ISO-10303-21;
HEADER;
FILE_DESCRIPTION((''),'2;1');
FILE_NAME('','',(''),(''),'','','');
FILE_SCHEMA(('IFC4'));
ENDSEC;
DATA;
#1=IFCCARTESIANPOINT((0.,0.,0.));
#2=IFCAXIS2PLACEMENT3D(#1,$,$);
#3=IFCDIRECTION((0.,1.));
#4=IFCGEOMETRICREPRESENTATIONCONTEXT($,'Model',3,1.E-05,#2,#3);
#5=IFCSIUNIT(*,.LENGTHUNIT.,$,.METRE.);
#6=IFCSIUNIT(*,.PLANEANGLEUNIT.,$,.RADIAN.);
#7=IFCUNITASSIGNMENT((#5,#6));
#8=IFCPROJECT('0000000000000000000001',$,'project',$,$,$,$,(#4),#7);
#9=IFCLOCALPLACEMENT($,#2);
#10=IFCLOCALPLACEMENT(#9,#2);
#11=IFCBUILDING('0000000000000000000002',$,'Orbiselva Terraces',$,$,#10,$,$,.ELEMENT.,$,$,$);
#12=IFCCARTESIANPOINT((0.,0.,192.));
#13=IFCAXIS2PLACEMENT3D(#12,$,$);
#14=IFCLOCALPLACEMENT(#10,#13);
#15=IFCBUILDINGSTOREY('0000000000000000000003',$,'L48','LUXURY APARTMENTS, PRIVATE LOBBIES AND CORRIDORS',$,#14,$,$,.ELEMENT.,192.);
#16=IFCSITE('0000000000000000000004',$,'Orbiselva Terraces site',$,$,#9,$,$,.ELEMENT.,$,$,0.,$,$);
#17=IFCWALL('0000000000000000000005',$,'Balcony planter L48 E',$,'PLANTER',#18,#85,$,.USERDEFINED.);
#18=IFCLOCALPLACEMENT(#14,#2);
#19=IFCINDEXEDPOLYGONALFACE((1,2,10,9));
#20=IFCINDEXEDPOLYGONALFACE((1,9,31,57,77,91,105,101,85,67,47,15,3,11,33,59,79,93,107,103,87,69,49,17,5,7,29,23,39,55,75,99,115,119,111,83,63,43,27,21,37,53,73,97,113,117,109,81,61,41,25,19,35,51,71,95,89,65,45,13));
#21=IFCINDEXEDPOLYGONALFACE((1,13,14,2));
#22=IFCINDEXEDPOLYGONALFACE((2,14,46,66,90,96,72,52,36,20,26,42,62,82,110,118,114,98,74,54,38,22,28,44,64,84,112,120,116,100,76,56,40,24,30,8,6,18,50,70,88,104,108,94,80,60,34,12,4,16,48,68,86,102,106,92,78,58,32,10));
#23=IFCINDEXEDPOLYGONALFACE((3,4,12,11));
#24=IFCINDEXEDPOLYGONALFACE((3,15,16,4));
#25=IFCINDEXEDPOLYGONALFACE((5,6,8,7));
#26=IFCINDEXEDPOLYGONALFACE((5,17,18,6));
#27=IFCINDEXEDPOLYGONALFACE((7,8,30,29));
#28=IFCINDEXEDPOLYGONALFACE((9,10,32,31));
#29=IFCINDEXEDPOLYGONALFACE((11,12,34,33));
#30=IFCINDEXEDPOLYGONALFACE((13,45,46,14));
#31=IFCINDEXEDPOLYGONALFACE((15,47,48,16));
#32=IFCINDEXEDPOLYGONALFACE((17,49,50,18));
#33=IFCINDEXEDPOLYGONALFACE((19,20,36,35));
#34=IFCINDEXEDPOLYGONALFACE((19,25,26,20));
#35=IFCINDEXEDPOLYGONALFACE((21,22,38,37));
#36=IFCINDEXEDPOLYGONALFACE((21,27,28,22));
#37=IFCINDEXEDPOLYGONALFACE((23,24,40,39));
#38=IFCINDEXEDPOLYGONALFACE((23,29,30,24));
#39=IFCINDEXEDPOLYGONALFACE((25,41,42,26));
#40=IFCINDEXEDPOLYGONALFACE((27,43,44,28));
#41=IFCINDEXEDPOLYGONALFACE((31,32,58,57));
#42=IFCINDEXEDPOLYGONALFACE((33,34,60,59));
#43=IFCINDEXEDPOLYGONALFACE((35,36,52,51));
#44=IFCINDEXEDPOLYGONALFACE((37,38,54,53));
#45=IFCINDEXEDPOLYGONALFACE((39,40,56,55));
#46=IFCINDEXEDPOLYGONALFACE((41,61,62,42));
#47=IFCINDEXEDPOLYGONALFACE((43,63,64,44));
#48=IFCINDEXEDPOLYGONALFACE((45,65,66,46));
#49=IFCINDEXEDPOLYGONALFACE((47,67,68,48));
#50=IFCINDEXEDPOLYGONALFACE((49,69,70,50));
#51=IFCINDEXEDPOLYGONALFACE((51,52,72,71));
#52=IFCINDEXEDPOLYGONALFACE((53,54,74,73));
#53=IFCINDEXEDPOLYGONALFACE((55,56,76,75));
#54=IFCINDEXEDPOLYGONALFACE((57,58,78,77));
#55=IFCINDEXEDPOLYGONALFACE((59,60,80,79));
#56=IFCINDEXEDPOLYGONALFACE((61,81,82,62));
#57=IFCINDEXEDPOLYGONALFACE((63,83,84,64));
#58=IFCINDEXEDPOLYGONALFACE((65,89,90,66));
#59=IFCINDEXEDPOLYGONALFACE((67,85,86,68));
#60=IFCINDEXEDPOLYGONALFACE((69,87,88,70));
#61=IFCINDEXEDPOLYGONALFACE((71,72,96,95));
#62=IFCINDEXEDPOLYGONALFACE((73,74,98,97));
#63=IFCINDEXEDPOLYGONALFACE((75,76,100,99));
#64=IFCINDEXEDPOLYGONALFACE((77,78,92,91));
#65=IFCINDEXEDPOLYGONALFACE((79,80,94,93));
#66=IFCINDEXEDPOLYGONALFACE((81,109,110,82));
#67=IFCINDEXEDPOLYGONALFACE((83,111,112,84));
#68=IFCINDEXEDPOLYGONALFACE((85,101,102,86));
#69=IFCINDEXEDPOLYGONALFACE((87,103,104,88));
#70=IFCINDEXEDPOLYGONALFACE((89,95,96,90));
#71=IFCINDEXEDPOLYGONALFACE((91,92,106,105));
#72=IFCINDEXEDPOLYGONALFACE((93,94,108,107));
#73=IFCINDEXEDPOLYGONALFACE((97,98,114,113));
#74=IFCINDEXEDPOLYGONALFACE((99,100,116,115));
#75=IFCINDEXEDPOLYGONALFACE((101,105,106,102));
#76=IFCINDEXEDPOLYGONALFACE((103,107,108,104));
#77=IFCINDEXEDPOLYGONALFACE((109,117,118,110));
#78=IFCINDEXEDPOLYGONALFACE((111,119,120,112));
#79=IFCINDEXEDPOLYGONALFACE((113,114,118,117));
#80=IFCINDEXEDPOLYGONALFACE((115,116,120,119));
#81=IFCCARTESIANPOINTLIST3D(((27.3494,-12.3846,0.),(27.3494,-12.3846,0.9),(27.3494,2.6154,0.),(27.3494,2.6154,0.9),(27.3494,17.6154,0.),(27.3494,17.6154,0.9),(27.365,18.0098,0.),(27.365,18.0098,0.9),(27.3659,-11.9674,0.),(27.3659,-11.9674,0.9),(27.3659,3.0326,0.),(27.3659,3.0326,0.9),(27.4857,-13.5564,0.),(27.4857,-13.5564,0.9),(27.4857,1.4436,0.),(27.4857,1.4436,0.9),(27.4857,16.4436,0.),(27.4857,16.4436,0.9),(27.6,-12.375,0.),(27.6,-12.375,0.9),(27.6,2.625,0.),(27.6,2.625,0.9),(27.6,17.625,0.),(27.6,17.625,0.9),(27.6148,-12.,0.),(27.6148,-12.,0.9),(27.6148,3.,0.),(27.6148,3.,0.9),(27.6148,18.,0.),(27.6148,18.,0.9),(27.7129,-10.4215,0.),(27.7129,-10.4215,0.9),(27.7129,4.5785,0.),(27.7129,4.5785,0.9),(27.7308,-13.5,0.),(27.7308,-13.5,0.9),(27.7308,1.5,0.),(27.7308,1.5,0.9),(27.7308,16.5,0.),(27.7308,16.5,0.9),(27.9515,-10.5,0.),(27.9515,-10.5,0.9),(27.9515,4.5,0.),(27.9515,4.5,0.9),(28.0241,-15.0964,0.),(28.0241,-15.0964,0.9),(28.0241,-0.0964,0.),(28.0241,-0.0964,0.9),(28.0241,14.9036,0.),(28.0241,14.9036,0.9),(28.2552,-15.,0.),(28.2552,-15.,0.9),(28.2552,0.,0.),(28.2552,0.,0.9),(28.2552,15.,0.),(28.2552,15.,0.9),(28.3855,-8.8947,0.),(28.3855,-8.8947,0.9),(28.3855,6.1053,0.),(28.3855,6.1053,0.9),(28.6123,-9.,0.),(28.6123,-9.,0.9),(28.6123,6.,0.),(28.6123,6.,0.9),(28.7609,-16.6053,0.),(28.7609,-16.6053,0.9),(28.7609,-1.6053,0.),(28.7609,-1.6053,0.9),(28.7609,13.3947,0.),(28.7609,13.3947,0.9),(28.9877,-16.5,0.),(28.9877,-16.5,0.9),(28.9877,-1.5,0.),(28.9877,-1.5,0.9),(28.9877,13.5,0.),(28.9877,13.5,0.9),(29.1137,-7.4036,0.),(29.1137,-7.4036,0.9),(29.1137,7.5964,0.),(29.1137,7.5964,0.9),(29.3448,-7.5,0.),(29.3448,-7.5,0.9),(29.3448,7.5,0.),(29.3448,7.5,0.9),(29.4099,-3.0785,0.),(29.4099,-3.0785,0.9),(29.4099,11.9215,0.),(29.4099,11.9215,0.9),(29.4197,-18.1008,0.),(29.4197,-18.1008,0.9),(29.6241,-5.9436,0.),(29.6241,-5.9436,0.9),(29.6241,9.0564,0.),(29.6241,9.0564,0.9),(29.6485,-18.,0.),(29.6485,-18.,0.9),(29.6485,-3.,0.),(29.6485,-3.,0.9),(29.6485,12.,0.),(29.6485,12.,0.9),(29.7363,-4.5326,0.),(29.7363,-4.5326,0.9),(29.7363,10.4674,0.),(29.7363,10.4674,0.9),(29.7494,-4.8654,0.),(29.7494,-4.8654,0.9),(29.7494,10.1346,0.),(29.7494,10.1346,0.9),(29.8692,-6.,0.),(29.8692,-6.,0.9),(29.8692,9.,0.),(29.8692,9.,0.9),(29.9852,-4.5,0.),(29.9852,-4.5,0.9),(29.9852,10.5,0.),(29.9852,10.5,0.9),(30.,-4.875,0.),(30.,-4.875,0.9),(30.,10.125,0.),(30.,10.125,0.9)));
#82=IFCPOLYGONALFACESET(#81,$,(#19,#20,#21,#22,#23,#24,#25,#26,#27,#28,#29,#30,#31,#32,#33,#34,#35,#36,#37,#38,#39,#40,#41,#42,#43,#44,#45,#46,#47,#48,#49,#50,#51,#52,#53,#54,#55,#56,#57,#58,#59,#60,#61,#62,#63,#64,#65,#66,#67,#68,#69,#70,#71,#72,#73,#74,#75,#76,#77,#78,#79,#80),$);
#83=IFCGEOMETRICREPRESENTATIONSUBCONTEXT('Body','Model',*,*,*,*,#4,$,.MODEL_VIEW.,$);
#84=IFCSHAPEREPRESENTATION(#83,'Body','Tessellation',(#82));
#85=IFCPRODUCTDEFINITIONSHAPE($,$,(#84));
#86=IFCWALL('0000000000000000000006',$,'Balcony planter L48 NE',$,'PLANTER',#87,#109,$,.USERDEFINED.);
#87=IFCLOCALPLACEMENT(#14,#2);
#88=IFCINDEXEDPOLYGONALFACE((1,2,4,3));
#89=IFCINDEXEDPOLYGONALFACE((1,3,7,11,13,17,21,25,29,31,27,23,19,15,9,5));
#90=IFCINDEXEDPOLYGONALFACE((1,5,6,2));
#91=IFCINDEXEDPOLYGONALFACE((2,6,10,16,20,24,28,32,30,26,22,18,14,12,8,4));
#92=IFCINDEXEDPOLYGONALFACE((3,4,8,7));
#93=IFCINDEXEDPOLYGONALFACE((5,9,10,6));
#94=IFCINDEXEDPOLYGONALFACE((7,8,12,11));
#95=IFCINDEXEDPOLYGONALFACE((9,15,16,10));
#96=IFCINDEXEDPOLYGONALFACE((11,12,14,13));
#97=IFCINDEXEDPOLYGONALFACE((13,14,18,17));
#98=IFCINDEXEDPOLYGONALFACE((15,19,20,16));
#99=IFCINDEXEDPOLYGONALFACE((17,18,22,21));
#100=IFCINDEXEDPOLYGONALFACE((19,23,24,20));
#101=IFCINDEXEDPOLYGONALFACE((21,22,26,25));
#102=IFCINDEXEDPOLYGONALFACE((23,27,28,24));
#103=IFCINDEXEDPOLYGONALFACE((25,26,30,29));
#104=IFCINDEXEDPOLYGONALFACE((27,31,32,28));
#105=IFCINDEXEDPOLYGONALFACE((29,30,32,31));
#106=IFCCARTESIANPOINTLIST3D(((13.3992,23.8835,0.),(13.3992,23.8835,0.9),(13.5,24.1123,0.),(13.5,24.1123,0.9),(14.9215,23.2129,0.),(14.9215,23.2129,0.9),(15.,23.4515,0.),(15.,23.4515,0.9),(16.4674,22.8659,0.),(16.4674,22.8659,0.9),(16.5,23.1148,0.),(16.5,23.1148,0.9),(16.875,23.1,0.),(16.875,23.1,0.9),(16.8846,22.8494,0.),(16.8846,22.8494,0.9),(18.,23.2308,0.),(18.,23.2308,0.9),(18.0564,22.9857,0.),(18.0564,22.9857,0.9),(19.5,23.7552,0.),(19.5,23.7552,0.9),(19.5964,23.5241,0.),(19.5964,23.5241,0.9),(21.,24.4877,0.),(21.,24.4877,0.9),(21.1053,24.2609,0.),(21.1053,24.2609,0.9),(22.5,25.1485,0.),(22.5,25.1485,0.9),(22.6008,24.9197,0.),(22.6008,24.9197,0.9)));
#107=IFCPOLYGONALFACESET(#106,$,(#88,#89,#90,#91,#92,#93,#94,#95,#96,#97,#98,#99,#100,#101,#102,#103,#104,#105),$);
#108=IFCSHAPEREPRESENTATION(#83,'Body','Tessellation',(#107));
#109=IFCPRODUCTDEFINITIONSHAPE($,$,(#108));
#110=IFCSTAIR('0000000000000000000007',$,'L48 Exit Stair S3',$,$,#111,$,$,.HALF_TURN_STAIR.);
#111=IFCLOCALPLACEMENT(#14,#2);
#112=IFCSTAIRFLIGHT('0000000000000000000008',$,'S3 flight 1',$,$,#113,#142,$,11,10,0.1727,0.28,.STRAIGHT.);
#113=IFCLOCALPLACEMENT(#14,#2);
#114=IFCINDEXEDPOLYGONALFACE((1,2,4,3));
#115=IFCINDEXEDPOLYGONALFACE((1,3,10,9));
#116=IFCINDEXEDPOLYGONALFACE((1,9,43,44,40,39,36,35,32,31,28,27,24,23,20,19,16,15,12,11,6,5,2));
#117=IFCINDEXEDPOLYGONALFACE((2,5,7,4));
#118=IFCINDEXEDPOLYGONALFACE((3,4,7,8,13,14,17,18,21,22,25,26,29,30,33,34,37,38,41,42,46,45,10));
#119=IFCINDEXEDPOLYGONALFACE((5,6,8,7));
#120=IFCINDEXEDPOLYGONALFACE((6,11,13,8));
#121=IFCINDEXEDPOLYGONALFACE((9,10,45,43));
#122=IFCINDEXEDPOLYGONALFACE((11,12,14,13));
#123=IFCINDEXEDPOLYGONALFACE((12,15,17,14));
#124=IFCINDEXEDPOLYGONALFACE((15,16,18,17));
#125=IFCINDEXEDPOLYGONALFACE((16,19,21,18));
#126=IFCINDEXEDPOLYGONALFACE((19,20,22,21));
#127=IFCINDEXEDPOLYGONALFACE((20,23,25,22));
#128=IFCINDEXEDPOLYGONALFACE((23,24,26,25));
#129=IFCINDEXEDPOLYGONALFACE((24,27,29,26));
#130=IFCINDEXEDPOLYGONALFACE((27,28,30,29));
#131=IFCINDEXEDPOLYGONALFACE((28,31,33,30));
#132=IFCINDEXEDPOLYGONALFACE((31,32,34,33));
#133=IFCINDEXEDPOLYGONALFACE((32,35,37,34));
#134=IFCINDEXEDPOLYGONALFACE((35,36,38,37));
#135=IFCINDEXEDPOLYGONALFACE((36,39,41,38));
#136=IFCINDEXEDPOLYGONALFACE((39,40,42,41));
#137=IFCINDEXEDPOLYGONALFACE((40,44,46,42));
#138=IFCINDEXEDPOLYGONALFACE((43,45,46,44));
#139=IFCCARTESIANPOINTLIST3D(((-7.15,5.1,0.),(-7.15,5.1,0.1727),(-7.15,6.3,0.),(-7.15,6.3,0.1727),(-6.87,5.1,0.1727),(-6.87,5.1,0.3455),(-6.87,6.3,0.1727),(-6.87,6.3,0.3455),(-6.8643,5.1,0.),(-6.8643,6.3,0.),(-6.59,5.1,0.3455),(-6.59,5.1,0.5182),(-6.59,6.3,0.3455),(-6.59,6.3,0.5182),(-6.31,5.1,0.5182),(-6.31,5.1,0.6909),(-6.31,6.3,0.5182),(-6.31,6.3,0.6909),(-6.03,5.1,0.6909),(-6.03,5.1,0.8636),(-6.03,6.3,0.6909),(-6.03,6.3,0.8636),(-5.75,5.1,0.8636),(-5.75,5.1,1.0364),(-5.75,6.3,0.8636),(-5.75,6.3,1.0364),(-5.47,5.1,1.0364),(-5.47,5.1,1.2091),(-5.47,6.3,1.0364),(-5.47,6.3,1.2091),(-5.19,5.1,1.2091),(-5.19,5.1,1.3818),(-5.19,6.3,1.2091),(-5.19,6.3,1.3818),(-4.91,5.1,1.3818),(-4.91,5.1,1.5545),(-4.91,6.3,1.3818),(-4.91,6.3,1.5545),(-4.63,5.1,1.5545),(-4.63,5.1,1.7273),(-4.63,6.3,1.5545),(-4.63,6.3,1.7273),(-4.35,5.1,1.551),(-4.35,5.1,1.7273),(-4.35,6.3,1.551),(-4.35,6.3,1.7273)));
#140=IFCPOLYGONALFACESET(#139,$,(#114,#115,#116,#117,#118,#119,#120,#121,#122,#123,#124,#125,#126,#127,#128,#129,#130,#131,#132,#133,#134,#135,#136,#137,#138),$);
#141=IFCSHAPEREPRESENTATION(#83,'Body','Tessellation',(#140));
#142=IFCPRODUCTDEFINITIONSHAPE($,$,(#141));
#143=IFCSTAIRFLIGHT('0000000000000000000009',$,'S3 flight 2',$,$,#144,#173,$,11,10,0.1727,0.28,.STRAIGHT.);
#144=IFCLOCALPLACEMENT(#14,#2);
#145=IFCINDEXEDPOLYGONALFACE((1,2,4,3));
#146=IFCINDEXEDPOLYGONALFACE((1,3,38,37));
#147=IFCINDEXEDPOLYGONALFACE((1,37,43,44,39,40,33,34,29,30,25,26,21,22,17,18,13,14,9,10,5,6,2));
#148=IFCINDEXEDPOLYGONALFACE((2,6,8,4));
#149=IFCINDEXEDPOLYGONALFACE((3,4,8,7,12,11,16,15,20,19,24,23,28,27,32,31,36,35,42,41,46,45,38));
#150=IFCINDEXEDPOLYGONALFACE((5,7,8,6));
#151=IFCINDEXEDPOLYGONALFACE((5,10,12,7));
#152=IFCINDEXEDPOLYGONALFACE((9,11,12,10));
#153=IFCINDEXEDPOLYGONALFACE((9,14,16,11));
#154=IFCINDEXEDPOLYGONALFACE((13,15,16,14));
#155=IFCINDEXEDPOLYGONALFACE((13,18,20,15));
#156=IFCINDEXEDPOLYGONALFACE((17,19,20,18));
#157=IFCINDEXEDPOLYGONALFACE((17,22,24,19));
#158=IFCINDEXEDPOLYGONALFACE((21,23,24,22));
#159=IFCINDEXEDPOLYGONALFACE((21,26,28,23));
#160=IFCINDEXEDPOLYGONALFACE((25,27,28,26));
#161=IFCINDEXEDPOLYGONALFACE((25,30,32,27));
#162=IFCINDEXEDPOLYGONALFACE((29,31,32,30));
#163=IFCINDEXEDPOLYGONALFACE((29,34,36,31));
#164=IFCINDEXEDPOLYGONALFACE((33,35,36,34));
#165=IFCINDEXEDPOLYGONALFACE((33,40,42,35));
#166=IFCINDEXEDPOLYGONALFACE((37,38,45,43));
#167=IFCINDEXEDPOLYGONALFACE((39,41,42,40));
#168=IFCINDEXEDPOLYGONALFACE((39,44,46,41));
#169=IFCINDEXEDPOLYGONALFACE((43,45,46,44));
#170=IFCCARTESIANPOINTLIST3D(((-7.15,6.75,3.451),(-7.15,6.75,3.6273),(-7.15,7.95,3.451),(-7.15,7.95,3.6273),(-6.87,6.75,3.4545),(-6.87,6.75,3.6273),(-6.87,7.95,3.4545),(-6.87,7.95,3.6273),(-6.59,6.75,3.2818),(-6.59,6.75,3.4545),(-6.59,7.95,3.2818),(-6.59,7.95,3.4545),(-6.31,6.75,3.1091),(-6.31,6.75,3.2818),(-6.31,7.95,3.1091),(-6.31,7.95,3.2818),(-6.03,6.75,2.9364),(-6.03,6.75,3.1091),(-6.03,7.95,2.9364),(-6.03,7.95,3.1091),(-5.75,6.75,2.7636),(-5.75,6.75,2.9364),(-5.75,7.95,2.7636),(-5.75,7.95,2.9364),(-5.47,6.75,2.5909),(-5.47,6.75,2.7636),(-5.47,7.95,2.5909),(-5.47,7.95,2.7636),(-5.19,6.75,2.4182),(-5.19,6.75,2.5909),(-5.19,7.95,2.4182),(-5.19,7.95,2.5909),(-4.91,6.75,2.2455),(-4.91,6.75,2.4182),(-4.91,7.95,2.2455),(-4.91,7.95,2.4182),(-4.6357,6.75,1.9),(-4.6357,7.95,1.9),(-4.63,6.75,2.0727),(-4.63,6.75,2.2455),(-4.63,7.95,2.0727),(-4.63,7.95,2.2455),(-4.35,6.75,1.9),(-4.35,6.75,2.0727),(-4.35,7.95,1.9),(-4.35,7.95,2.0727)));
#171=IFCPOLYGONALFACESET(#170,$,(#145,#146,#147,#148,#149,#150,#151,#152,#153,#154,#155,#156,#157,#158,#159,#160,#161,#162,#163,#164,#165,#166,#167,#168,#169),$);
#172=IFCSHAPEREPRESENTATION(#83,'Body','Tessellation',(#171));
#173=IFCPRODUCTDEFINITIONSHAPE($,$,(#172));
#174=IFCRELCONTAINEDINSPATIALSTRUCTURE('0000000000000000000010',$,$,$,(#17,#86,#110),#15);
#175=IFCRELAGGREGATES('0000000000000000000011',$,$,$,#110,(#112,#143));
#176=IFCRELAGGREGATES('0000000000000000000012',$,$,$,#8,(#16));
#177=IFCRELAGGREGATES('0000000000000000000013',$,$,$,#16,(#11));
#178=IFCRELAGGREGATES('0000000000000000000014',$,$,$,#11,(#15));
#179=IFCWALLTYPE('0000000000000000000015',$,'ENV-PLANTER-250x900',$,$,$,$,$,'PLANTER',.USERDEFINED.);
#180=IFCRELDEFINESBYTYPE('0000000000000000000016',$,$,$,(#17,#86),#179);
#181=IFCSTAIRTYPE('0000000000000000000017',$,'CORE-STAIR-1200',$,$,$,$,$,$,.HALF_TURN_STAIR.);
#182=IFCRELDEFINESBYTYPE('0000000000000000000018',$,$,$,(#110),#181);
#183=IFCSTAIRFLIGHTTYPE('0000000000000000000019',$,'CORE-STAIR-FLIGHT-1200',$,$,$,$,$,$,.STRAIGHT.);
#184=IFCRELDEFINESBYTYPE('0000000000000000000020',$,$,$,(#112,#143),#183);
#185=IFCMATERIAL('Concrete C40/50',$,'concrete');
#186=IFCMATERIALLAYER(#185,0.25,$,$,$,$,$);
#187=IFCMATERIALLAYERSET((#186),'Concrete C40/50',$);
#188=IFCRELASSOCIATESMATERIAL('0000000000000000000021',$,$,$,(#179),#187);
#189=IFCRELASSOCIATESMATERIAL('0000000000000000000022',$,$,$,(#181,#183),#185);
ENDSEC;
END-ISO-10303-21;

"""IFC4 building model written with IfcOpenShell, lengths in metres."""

from ifc_helpers import new_model, si_unit, direction, frame, origin, place, context, subcontext, project, spatial, polyline, outline, extrude, material, layer, layer_set, type_object, element, aggregate, save


model = new_model("IFC4")

# Units and contexts
model_context = context("Model", 3, precision=1e-05, world=origin(), true_north=direction((0.0, 1.0)))
body_context = subcontext(model_context, "Body", "Model", "MODEL_VIEW")
ifc_project = project(units=[si_unit("LENGTHUNIT", "METRE"), si_unit("PLANEANGLEUNIT", "RADIAN")], contexts=[model_context])

# Site, building, storey
site_placement = place(None, origin())
site = spatial("IfcSite", under=ifc_project, at=site_placement, Name="Orbiselva Terraces site", CompositionType="ELEMENT", RefElevation=0.0)
building_placement = place(site_placement, origin())
building = spatial("IfcBuilding", under=site, at=building_placement, Name="Orbiselva Terraces", CompositionType="ELEMENT")
storey_placement = place(building_placement, frame((0.0, 0.0, 192.0)))
storey = spatial("IfcBuildingStorey", under=building, at=storey_placement, Name="L48", Description="LUXURY APARTMENTS, PRIVATE LOBBIES AND CORRIDORS", CompositionType="ELEMENT", Elevation=192.0)

# Walls
ifc_material_1 = material(Name="Concrete C40/50", Category="concrete")
ifc_layer_1 = layer(ifc_material_1, 0.25)
ifc_layer_set_1 = layer_set([ifc_layer_1], Name="Concrete C40/50")
wall_type_1 = type_object("IfcWallType", Name="ENV-PLANTER-250x900", ElementType="PLANTER", PredefinedType="USERDEFINED", material=ifc_layer_set_1)
wall_1_placement = place(storey_placement, origin())
element("IfcWall", 1, at=wall_1_placement, inside=storey, type_object=wall_type_1, Name="Balcony planter L48 E", ObjectType="PLANTER", PredefinedType="USERDEFINED", context=body_context, shape_type="SweptSolid", body=[
    extrude(outline(polyline([(29.6485, -18.0), (28.9877, -16.5), (28.2552, -15.0), (27.7308, -13.5), (27.6, -12.375), (27.6148, -12.0), (27.9515, -10.5), (28.6123, -9.0), (29.3448, -7.5), (29.8692, -6.0), (30.0, -4.875), (29.9852, -4.5), (29.6485, -3.0), (28.9877, -1.5), (28.2552, 0.0), (27.7308, 1.5), (27.6, 2.625), (27.6148, 3.0), (27.9515, 4.5), (28.6123, 6.0), (29.3448, 7.5), (29.8692, 9.0), (30.0, 10.125), (29.9852, 10.5), (29.6485, 12.0), (28.9877, 13.5), (28.2552, 15.0), (27.7308, 16.5), (27.6, 17.625), (27.6148, 18.0), (27.365, 18.0098), (27.3494, 17.6154), (27.4857, 16.4436), (28.0241, 14.9036), (28.7609, 13.3947), (29.4099, 11.9215), (29.7363, 10.4674), (29.7494, 10.1346), (29.6241, 9.0564), (29.1137, 7.5964), (28.3855, 6.1053), (27.7129, 4.5785), (27.3659, 3.0326), (27.3494, 2.6154), (27.4857, 1.4436), (28.0241, -0.0964), (28.7609, -1.6053), (29.4099, -3.0785), (29.7363, -4.5326), (29.7494, -4.8654), (29.6241, -5.9436), (29.1137, -7.4036), (28.3855, -8.8947), (27.7129, -10.4215), (27.3659, -11.9674), (27.3494, -12.3846), (27.4857, -13.5564), (28.0241, -15.0964), (28.7609, -16.6053), (29.4197, -18.1008), (29.6485, -18.0)])), origin(), (0.0, 0.0, 1.0), 0.9),
])
wall_2_placement = place(storey_placement, origin())
element("IfcWall", 2, at=wall_2_placement, inside=storey, type_object=wall_type_1, Name="Balcony planter L48 NE", ObjectType="PLANTER", PredefinedType="USERDEFINED", context=body_context, shape_type="SweptSolid", body=[
    extrude(outline(polyline([(22.5, 25.1485), (21.0, 24.4877), (19.5, 23.7552), (18.0, 23.2308), (16.875, 23.1), (16.5, 23.1148), (15.0, 23.4515), (13.5, 24.1123), (13.3992, 23.8835), (14.9215, 23.2129), (16.4674, 22.8659), (16.8846, 22.8494), (18.0564, 22.9857), (19.5964, 23.5241), (21.1053, 24.2609), (22.6008, 24.9197), (22.5, 25.1485)])), origin(), (0.0, 0.0, 1.0), 0.9),
])

# Stair, stair flights
stair_type = type_object("IfcStairType", Name="CORE-STAIR-1200", PredefinedType="HALF_TURN_STAIR", material=ifc_material_1)
stair_placement = place(storey_placement, origin())
stair = element("IfcStair", 3, at=stair_placement, inside=storey, type_object=stair_type, Name="L48 Exit Stair S3", PredefinedType="HALF_TURN_STAIR")
stair_flight_type = type_object("IfcStairFlightType", Name="CORE-STAIR-FLIGHT-1200", PredefinedType="STRAIGHT", material=ifc_material_1)
stair_flight_1_placement = place(storey_placement, frame((-7.15, 5.7, 0.0), z_axis=(0.0, 0.0, 1.0), x_axis=(1.0, 0.0, 0.0)))
stair_flight_1 = element("IfcStairFlight", 4, at=stair_flight_1_placement, type_object=stair_flight_type, Name="S3 flight 1", NumberOfRisers=11, NumberOfTreads=10, PredefinedType="STRAIGHT", RiserHeight=0.1727, TreadLength=0.28, context=body_context, shape_type="SweptSolid", body=[
    extrude(outline(polyline([(0.0, 0.0), (0.0, 0.1727), (0.28, 0.1727), (0.28, 0.3455), (0.56, 0.3455), (0.56, 0.5182), (0.84, 0.5182), (0.84, 0.6909), (1.12, 0.6909), (1.12, 0.8636), (1.4, 0.8636), (1.4, 1.0364), (1.68, 1.0364), (1.68, 1.2091), (1.96, 1.2091), (1.96, 1.3818), (2.24, 1.3818), (2.24, 1.5545), (2.52, 1.5545), (2.52, 1.7273), (2.8, 1.7273), (2.8, 1.9), (2.8, 1.551), (0.2857, 0.0), (0.0, 0.0)])), frame((0.0, 0.6, 0.0), z_axis=(0.0, -1.0, 0.0), x_axis=(1.0, 0.0, 0.0)), (0.0, 0.0, 1.0), 1.2),
])
stair_flight_2_placement = place(storey_placement, frame((-4.35, 7.35, 1.9), z_axis=(0.0, 0.0, 1.0), x_axis=(-1.0, 0.0, 0.0)))
stair_flight_2 = element("IfcStairFlight", 5, at=stair_flight_2_placement, type_object=stair_flight_type, Name="S3 flight 2", NumberOfRisers=11, NumberOfTreads=10, PredefinedType="STRAIGHT", RiserHeight=0.1727, TreadLength=0.28, context=body_context, shape_type="SweptSolid", body=[
    extrude(outline(polyline([(0.0, 0.0), (0.0, 0.1727), (0.28, 0.1727), (0.28, 0.3455), (0.56, 0.3455), (0.56, 0.5182), (0.84, 0.5182), (0.84, 0.6909), (1.12, 0.6909), (1.12, 0.8636), (1.4, 0.8636), (1.4, 1.0364), (1.68, 1.0364), (1.68, 1.2091), (1.96, 1.2091), (1.96, 1.3818), (2.24, 1.3818), (2.24, 1.5545), (2.52, 1.5545), (2.52, 1.7273), (2.8, 1.7273), (2.8, 1.9), (2.8, 1.551), (0.2857, 0.0), (0.0, 0.0)])), frame((0.0, 0.6, 0.0), z_axis=(0.0, -1.0, 0.0), x_axis=(1.0, 0.0, 0.0)), (0.0, 0.0, 1.0), 1.2),
])
aggregate(stair, [stair_flight_1, stair_flight_2])

save(model, "model.ifc")
